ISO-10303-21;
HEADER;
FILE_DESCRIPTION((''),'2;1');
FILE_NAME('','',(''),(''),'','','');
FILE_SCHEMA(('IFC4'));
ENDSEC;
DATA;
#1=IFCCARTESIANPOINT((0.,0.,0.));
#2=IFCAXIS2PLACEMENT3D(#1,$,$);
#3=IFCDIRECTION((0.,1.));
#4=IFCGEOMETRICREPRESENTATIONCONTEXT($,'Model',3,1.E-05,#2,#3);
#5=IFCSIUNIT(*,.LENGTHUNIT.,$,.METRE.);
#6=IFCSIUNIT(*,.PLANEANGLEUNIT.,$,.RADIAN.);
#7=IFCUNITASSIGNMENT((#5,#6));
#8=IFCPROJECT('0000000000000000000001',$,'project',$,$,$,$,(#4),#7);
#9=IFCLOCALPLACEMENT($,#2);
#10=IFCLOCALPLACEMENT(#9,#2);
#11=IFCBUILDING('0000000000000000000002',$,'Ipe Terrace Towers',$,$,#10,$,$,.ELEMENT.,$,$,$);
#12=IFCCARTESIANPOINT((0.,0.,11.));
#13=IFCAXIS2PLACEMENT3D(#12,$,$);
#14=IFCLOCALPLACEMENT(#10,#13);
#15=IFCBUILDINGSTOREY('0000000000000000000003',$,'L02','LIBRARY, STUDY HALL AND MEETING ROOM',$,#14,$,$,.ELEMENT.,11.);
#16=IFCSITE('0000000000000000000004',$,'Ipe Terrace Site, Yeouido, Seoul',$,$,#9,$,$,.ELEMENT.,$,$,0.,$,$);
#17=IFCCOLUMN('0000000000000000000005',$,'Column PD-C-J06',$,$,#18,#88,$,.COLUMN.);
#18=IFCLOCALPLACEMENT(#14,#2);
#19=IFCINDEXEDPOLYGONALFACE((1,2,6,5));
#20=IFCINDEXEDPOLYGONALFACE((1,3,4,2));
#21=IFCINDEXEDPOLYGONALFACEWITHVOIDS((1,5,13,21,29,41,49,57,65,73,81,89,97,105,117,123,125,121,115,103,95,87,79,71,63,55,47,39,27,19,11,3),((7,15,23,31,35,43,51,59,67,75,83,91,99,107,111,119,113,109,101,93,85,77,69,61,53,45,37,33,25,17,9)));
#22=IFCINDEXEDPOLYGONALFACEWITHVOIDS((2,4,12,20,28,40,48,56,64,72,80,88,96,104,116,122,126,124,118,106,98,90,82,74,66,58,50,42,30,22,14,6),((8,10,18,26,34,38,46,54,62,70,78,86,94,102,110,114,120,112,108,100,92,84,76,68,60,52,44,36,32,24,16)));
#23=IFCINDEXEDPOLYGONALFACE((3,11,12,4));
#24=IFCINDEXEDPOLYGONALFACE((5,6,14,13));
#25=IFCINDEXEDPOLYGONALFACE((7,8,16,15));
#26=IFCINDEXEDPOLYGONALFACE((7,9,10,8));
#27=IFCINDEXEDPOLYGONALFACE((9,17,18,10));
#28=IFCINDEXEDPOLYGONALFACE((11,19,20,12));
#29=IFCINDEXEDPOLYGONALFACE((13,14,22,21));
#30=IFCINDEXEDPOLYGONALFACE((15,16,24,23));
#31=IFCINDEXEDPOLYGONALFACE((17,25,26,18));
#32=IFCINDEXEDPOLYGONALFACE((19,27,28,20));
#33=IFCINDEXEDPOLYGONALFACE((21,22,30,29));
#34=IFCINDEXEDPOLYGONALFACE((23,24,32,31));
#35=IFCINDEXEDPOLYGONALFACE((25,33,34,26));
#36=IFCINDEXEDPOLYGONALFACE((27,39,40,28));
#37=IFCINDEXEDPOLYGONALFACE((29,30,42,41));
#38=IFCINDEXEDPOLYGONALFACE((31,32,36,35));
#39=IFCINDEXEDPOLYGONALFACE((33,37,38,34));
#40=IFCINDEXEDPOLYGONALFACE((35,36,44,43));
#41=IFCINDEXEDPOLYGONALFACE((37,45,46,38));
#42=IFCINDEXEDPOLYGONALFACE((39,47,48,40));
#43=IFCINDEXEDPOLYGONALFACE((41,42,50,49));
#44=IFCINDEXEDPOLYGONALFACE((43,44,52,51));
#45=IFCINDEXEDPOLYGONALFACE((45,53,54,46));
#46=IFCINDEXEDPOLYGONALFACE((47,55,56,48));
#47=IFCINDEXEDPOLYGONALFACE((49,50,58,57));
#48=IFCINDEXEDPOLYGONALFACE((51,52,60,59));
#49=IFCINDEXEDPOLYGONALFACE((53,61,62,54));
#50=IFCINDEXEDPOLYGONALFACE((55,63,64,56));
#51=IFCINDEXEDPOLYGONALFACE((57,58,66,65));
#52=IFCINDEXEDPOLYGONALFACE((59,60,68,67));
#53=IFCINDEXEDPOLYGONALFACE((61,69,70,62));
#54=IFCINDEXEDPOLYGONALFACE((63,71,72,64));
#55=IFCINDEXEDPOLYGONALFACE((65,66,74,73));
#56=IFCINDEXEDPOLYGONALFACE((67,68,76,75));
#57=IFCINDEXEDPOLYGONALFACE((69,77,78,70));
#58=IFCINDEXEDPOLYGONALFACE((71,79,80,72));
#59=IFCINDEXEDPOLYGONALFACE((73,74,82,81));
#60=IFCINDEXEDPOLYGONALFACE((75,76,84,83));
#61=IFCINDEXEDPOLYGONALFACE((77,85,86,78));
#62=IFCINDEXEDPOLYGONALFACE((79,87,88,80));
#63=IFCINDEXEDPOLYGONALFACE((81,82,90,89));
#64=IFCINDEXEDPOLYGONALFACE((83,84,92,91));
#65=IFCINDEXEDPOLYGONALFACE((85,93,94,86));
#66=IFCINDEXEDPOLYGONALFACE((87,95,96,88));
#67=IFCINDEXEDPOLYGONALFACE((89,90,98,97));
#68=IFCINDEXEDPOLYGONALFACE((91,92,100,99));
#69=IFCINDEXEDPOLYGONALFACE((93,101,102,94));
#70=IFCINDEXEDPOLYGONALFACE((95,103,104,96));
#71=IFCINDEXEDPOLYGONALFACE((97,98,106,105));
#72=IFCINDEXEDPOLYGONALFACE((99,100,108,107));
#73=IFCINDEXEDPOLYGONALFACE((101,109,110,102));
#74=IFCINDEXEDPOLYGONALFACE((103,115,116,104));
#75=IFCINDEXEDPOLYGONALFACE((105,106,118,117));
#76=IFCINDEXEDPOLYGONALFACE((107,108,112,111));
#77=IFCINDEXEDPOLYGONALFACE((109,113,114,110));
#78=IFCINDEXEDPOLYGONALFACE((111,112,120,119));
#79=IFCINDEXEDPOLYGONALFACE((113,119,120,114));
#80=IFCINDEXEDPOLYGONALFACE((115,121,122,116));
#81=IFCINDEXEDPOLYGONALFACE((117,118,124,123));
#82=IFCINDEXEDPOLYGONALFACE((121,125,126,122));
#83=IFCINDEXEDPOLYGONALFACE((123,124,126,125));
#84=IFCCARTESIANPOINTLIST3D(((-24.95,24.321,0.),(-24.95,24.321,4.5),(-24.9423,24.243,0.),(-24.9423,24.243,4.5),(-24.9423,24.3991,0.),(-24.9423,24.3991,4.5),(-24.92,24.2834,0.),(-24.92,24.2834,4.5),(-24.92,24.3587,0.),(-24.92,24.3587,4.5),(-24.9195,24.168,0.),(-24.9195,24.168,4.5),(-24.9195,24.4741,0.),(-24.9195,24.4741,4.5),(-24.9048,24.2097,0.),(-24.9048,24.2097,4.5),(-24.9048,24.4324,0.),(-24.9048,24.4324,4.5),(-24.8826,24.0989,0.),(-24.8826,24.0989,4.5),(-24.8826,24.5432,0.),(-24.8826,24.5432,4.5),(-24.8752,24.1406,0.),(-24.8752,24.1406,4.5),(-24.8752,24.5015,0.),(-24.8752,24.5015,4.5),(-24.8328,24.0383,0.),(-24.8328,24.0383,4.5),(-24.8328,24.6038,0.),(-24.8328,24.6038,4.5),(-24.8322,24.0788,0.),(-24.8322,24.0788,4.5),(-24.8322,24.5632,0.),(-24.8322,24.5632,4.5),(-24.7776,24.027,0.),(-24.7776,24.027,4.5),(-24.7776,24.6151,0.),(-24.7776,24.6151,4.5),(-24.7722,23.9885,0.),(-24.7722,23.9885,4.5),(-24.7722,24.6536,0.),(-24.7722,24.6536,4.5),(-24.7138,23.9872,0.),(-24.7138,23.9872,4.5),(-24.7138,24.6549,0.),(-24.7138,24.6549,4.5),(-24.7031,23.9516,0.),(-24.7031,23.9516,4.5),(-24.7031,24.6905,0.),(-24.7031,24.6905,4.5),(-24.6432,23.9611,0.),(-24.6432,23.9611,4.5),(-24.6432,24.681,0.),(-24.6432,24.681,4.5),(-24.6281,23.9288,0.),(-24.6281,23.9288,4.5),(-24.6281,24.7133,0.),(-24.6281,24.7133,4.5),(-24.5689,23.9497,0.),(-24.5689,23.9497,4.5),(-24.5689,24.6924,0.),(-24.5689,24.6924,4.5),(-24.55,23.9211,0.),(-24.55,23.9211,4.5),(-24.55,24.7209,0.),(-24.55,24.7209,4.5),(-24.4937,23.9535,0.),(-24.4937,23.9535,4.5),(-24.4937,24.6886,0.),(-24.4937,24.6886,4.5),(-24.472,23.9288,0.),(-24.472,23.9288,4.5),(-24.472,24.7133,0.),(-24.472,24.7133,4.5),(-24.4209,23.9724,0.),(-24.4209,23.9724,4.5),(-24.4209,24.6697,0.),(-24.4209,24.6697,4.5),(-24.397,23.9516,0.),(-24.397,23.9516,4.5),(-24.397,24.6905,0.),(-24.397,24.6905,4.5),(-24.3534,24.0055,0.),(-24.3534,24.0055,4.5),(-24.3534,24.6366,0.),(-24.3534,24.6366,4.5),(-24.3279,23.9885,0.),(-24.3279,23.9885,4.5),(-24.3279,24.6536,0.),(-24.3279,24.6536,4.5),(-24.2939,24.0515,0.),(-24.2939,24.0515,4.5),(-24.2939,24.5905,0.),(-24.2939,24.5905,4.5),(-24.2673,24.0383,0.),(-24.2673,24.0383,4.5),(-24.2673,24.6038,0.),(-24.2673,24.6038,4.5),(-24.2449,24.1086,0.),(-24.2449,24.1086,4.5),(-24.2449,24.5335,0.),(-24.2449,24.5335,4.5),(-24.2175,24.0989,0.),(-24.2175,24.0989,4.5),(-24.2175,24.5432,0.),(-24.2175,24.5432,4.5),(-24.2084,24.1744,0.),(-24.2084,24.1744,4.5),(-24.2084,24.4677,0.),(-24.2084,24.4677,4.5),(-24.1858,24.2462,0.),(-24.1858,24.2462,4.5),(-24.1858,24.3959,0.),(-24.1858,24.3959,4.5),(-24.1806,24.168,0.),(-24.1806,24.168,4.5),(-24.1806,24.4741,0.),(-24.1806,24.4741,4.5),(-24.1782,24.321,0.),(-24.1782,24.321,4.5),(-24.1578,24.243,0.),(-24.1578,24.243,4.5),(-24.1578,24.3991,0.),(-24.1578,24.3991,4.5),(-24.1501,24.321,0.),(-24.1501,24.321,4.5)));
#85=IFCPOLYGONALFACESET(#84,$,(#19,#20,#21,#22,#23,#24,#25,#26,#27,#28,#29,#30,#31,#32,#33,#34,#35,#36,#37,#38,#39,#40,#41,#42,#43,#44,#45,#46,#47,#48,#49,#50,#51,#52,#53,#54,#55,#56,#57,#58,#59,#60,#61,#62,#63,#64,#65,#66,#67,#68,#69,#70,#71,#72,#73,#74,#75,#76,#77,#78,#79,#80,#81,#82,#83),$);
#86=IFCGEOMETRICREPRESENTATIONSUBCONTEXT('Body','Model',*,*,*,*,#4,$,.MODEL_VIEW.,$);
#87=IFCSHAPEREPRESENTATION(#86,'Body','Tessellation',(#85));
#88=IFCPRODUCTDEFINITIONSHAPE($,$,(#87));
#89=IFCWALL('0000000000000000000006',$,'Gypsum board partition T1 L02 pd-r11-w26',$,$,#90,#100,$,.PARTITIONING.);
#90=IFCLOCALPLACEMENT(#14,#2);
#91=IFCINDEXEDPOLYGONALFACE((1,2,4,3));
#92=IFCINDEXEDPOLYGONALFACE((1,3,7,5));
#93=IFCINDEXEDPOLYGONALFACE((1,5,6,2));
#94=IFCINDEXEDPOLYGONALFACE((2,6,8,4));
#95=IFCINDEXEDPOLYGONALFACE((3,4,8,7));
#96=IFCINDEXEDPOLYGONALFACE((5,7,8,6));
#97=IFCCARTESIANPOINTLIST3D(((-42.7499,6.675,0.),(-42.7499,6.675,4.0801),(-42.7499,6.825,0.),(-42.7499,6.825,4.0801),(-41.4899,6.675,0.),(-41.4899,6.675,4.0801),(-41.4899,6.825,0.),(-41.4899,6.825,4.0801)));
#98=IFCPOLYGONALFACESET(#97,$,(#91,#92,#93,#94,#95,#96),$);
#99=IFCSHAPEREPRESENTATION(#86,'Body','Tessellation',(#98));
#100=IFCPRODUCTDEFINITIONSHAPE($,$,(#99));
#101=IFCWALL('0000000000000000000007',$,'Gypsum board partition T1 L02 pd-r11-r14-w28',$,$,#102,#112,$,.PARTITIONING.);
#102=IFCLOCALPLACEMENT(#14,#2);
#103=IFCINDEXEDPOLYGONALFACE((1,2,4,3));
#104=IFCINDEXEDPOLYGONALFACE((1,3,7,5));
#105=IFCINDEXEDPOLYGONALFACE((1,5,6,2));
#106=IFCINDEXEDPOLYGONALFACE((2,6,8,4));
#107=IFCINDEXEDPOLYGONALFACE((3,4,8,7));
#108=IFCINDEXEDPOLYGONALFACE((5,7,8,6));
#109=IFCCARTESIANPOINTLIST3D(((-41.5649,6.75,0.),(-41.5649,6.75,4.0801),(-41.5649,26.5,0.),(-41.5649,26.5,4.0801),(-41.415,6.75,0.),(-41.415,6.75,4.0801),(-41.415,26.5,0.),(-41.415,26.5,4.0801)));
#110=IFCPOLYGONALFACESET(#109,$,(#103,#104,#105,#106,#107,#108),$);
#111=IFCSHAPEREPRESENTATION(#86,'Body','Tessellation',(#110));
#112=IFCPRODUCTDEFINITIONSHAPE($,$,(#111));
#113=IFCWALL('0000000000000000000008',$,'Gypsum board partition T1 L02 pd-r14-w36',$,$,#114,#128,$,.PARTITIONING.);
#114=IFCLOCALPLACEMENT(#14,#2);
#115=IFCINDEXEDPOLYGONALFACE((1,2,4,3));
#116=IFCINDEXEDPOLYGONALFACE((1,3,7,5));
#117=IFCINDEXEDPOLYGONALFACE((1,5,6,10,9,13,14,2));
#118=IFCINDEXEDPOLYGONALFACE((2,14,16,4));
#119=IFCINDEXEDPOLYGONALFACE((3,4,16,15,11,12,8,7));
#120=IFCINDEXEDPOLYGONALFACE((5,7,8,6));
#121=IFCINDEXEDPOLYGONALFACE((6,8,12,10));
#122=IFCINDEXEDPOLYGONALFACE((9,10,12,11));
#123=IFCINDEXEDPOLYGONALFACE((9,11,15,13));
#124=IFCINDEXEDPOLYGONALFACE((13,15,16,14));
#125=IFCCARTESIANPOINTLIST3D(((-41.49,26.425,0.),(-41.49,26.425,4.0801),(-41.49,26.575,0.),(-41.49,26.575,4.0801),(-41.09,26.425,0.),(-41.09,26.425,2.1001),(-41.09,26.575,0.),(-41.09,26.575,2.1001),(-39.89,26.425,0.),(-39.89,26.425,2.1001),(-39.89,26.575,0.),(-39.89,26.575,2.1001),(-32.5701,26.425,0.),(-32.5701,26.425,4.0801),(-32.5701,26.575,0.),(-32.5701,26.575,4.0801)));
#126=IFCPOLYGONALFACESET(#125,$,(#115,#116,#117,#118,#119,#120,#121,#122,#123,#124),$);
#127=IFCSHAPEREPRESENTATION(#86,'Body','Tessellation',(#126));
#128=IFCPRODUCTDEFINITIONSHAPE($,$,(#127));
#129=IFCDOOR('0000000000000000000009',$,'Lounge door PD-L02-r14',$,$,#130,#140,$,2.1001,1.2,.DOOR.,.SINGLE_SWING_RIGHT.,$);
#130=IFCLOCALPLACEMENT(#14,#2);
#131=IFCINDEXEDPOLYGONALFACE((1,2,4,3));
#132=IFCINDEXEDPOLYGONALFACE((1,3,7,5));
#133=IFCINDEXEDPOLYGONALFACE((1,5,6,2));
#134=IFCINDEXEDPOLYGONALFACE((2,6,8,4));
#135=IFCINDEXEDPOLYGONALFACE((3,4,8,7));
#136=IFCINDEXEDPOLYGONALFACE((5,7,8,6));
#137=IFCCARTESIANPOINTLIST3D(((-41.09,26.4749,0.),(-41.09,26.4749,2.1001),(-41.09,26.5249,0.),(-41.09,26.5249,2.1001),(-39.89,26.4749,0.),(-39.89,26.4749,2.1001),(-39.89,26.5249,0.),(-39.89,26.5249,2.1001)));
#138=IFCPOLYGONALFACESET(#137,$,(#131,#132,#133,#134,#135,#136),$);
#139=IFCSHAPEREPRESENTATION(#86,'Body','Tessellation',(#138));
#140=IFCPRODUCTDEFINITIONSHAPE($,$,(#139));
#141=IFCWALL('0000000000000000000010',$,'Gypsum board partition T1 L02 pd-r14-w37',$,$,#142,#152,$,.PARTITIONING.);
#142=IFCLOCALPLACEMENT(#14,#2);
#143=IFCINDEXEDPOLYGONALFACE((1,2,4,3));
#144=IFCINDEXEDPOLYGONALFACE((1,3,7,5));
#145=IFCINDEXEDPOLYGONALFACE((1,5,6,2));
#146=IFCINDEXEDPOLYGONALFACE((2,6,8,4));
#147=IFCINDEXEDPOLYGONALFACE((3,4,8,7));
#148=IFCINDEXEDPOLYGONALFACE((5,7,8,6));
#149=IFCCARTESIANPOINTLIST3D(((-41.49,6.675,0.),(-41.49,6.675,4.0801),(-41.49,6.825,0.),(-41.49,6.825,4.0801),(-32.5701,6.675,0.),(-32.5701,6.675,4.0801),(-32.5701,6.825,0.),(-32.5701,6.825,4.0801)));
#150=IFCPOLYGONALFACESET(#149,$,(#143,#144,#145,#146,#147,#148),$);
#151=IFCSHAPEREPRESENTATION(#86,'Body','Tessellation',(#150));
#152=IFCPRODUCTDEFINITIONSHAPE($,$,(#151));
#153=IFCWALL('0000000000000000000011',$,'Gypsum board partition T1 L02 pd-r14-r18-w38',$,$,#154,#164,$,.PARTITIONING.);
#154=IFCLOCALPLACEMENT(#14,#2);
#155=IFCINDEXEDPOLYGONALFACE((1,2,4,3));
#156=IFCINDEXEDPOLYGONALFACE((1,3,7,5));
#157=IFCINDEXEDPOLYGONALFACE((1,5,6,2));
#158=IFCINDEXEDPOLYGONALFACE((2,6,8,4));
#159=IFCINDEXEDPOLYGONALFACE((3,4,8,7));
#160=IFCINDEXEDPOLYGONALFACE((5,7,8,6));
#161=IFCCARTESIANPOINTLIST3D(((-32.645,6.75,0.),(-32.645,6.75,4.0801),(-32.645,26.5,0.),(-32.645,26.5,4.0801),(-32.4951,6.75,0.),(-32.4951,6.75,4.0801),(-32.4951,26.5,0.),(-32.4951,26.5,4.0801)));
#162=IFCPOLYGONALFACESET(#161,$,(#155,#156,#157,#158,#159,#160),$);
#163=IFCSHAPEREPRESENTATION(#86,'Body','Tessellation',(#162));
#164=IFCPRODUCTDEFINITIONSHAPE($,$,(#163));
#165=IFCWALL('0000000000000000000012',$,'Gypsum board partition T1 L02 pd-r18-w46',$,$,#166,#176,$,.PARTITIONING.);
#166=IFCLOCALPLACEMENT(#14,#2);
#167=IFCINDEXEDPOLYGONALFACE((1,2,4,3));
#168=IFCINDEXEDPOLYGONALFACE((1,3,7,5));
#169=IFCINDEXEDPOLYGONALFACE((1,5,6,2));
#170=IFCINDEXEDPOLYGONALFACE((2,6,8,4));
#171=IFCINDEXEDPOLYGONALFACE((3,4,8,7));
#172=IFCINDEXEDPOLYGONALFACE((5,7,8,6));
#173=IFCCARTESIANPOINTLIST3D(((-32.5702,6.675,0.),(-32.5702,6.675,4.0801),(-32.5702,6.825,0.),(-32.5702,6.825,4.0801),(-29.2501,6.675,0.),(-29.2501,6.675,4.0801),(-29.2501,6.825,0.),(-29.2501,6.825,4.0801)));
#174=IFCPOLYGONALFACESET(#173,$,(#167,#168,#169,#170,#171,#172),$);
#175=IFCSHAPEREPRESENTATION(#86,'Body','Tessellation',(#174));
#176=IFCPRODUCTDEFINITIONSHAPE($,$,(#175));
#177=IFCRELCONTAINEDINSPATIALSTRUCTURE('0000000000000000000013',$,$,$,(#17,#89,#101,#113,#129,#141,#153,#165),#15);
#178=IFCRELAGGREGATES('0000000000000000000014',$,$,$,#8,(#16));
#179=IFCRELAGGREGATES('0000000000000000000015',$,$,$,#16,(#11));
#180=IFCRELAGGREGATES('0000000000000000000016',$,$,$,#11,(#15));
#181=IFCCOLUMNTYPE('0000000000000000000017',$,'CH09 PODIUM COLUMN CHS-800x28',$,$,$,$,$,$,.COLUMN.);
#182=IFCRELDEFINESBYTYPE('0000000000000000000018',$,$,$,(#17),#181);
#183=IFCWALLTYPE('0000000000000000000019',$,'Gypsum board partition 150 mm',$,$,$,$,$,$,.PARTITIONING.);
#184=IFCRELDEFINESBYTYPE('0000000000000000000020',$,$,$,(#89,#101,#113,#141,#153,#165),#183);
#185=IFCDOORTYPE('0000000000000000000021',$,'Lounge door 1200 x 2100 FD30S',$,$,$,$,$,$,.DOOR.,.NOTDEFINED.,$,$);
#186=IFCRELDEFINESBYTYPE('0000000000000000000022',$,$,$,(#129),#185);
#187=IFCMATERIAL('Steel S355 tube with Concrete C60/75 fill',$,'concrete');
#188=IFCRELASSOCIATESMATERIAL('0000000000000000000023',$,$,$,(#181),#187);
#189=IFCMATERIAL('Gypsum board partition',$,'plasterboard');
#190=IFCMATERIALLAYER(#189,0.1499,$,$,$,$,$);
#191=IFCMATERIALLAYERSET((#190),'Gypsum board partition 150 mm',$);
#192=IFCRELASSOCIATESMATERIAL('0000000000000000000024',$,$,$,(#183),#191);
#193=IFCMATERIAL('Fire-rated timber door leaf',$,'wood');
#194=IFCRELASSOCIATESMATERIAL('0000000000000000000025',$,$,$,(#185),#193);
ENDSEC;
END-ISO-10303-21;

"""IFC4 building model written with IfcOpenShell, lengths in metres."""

from ifc_helpers import new_model, si_unit, direction, frame, frame_2d, origin, origin_2d, place, context, subcontext, project, spatial, rectangle, hollow_circle, extrude, material, layer, layer_set, material_profile, profile_set, type_object, element, fill, save


model = new_model("IFC4")

# Units and contexts
model_context = context("Model", 3, precision=1e-05, world=origin(), true_north=direction((0.0, 1.0)))
body_context = subcontext(model_context, "Body", "Model", "MODEL_VIEW")
ifc_project = project(units=[si_unit("LENGTHUNIT", "METRE"), si_unit("PLANEANGLEUNIT", "RADIAN")], contexts=[model_context])

# Site, building, storey
site_placement = place(None, origin())
site = spatial("IfcSite", under=ifc_project, at=site_placement, Name="Ipe Terrace Site, Yeouido, Seoul", CompositionType="ELEMENT", RefElevation=0.0)
building_placement = place(site_placement, origin())
building = spatial("IfcBuilding", under=site, at=building_placement, Name="Ipe Terrace Towers", CompositionType="ELEMENT")
storey_placement = place(building_placement, frame((0.0, 0.0, 11.0)))
storey = spatial("IfcBuildingStorey", under=building, at=storey_placement, Name="L02", Description="LIBRARY, STUDY HALL AND MEETING ROOM", CompositionType="ELEMENT", Elevation=11.0)

# Column
ifc_material_1 = material(Name="Steel S355 tube with Concrete C60/75 fill", Category="concrete")
ifc_material_profile_1 = material_profile(ifc_material_1, hollow_circle(Radius=0.3999, WallThickness=0.0281, at=origin_2d()), Name="CHS-800x28")
ifc_profile_set_1 = profile_set([ifc_material_profile_1], Name="Steel S355 tube with Concrete C60/75 fill")
column_type_1 = type_object("IfcColumnType", Name="CH09 PODIUM COLUMN CHS-800x28", PredefinedType="COLUMN", material=ifc_profile_set_1)
for number, where, z_axis, x_axis, name in (
    (1, (-24.55, 24.321, 0.0), (0.0, 0.0, 1.0), (1.0, 0.0, 0.0), "Column PD-C-J06"),
):
    element("IfcColumn", number, at=place(storey_placement, frame(where, z_axis=z_axis, x_axis=x_axis)), inside=storey, type_object=column_type_1, Name=name, PredefinedType="COLUMN", context=body_context, shape_type="SweptSolid", body=[
        extrude(hollow_circle(Radius=0.3999, WallThickness=0.0281, at=origin_2d()), origin(), (0.0, 0.0, 1.0), 4.5),
    ])

# Walls
ifc_material_2 = material(Name="Gypsum board partition", Category="plasterboard")
ifc_layer_1 = layer(ifc_material_2, 0.1499)
ifc_layer_set_1 = layer_set([ifc_layer_1], Name="Gypsum board partition 150 mm")
wall_type_1 = type_object("IfcWallType", Name="Gypsum board partition 150 mm", PredefinedType="PARTITIONING", material=ifc_layer_set_1)
wall_1_placement = place(storey_placement, frame((-41.49, 6.75, 0.0), z_axis=(0.0, 0.0, 1.0), x_axis=(-1.0, 0.0, 0.0)))
element("IfcWall", 2, at=wall_1_placement, inside=storey, type_object=wall_type_1, Name="Gypsum board partition T1 L02 pd-r11-w26", PredefinedType="PARTITIONING", context=body_context, shape_type="SweptSolid", body=[
    extrude(rectangle(XDim=1.26, YDim=0.1499, at=frame_2d((0.6299, 0.0))), origin(), (0.0, 0.0, 1.0), 4.0801),
])
wall_2_placement = place(storey_placement, frame((-41.49, 26.5, 0.0), z_axis=(0.0, 0.0, 1.0), x_axis=(0.0, -1.0, 0.0)))
element("IfcWall", 3, at=wall_2_placement, inside=storey, type_object=wall_type_1, Name="Gypsum board partition T1 L02 pd-r11-r14-w28", PredefinedType="PARTITIONING", context=body_context, shape_type="SweptSolid", body=[
    extrude(rectangle(XDim=19.75, YDim=0.1499, at=frame_2d((9.875, 0.0))), origin(), (0.0, 0.0, 1.0), 4.0801),
])

# Wall, opening, door
wall_3_placement = place(storey_placement, frame((-41.49, 26.5, 0.0), z_axis=(0.0, 0.0, 1.0), x_axis=(1.0, 0.0, 0.0)))
wall_3 = element("IfcWall", 4, at=wall_3_placement, inside=storey, type_object=wall_type_1, Name="Gypsum board partition T1 L02 pd-r14-w36", PredefinedType="PARTITIONING", context=body_context, shape_type="SweptSolid", body=[
    extrude(rectangle(XDim=8.9199, YDim=0.1499, at=frame_2d((4.46, 0.0))), origin(), (0.0, 0.0, 1.0), 4.0801),
])
opening_1_placement = place(wall_3_placement, frame((0.3999, 0.0, 0.0)))
opening_1 = element("IfcOpeningElement", 5, at=opening_1_placement, cuts=wall_3, PredefinedType="OPENING", context=body_context, shape_type="SweptSolid", body=[
    extrude(rectangle(XDim=1.2, YDim=2.1001, at=frame_2d((0.6001, 1.05))), frame((0.0, 0.085, 0.0), z_axis=(0.0, -1.0, 0.0), x_axis=(1.0, 0.0, 0.0)), (0.0, 0.0, 1.0), 0.1699),
])
ifc_material_3 = material(Name="Fire-rated timber door leaf", Category="wood")
door_type_1 = type_object("IfcDoorType", Name="Lounge door 1200 x 2100 FD30S", OperationType="NOTDEFINED", PredefinedType="DOOR", material=ifc_material_3)
door_1_placement = place(opening_1_placement, origin())
door_1 = element("IfcDoor", 6, at=door_1_placement, inside=storey, type_object=door_type_1, Name="Lounge door PD-L02-r14", OperationType="SINGLE_SWING_RIGHT", OverallHeight=2.1001, OverallWidth=1.2, PredefinedType="DOOR", context=body_context, shape_type="SweptSolid", body=[
    extrude(rectangle(XDim=1.2, YDim=2.1001, at=frame_2d((0.6001, 1.05))), frame((0.0, 0.0249, 0.0), z_axis=(0.0, -1.0, 0.0), x_axis=(1.0, 0.0, 0.0)), (0.0, 0.0, 1.0), 0.05),
])
fill(opening_1, door_1)

# Walls
wall_4_placement = place(storey_placement, frame((-32.5701, 6.75, 0.0), z_axis=(0.0, 0.0, 1.0), x_axis=(-1.0, 0.0, 0.0)))
element("IfcWall", 7, at=wall_4_placement, inside=storey, type_object=wall_type_1, Name="Gypsum board partition T1 L02 pd-r14-w37", PredefinedType="PARTITIONING", context=body_context, shape_type="SweptSolid", body=[
    extrude(rectangle(XDim=8.9199, YDim=0.1499, at=frame_2d((4.46, 0.0))), origin(), (0.0, 0.0, 1.0), 4.0801),
])
wall_5_placement = place(storey_placement, frame((-32.5701, 26.5, 0.0), z_axis=(0.0, 0.0, 1.0), x_axis=(0.0, -1.0, 0.0)))
element("IfcWall", 8, at=wall_5_placement, inside=storey, type_object=wall_type_1, Name="Gypsum board partition T1 L02 pd-r14-r18-w38", PredefinedType="PARTITIONING", context=body_context, shape_type="SweptSolid", body=[
    extrude(rectangle(XDim=19.75, YDim=0.1499, at=frame_2d((9.875, 0.0))), origin(), (0.0, 0.0, 1.0), 4.0801),
])
wall_6_placement = place(storey_placement, frame((-29.25, 6.75, 0.0), z_axis=(0.0, 0.0, 1.0), x_axis=(-1.0, 0.0, 0.0)))
element("IfcWall", 9, at=wall_6_placement, inside=storey, type_object=wall_type_1, Name="Gypsum board partition T1 L02 pd-r18-w46", PredefinedType="PARTITIONING", context=body_context, shape_type="SweptSolid", body=[
    extrude(rectangle(XDim=3.3201, YDim=0.1499, at=frame_2d((1.6602, 0.0))), origin(), (0.0, 0.0, 1.0), 4.0801),
])

save(model, "model.ifc")
